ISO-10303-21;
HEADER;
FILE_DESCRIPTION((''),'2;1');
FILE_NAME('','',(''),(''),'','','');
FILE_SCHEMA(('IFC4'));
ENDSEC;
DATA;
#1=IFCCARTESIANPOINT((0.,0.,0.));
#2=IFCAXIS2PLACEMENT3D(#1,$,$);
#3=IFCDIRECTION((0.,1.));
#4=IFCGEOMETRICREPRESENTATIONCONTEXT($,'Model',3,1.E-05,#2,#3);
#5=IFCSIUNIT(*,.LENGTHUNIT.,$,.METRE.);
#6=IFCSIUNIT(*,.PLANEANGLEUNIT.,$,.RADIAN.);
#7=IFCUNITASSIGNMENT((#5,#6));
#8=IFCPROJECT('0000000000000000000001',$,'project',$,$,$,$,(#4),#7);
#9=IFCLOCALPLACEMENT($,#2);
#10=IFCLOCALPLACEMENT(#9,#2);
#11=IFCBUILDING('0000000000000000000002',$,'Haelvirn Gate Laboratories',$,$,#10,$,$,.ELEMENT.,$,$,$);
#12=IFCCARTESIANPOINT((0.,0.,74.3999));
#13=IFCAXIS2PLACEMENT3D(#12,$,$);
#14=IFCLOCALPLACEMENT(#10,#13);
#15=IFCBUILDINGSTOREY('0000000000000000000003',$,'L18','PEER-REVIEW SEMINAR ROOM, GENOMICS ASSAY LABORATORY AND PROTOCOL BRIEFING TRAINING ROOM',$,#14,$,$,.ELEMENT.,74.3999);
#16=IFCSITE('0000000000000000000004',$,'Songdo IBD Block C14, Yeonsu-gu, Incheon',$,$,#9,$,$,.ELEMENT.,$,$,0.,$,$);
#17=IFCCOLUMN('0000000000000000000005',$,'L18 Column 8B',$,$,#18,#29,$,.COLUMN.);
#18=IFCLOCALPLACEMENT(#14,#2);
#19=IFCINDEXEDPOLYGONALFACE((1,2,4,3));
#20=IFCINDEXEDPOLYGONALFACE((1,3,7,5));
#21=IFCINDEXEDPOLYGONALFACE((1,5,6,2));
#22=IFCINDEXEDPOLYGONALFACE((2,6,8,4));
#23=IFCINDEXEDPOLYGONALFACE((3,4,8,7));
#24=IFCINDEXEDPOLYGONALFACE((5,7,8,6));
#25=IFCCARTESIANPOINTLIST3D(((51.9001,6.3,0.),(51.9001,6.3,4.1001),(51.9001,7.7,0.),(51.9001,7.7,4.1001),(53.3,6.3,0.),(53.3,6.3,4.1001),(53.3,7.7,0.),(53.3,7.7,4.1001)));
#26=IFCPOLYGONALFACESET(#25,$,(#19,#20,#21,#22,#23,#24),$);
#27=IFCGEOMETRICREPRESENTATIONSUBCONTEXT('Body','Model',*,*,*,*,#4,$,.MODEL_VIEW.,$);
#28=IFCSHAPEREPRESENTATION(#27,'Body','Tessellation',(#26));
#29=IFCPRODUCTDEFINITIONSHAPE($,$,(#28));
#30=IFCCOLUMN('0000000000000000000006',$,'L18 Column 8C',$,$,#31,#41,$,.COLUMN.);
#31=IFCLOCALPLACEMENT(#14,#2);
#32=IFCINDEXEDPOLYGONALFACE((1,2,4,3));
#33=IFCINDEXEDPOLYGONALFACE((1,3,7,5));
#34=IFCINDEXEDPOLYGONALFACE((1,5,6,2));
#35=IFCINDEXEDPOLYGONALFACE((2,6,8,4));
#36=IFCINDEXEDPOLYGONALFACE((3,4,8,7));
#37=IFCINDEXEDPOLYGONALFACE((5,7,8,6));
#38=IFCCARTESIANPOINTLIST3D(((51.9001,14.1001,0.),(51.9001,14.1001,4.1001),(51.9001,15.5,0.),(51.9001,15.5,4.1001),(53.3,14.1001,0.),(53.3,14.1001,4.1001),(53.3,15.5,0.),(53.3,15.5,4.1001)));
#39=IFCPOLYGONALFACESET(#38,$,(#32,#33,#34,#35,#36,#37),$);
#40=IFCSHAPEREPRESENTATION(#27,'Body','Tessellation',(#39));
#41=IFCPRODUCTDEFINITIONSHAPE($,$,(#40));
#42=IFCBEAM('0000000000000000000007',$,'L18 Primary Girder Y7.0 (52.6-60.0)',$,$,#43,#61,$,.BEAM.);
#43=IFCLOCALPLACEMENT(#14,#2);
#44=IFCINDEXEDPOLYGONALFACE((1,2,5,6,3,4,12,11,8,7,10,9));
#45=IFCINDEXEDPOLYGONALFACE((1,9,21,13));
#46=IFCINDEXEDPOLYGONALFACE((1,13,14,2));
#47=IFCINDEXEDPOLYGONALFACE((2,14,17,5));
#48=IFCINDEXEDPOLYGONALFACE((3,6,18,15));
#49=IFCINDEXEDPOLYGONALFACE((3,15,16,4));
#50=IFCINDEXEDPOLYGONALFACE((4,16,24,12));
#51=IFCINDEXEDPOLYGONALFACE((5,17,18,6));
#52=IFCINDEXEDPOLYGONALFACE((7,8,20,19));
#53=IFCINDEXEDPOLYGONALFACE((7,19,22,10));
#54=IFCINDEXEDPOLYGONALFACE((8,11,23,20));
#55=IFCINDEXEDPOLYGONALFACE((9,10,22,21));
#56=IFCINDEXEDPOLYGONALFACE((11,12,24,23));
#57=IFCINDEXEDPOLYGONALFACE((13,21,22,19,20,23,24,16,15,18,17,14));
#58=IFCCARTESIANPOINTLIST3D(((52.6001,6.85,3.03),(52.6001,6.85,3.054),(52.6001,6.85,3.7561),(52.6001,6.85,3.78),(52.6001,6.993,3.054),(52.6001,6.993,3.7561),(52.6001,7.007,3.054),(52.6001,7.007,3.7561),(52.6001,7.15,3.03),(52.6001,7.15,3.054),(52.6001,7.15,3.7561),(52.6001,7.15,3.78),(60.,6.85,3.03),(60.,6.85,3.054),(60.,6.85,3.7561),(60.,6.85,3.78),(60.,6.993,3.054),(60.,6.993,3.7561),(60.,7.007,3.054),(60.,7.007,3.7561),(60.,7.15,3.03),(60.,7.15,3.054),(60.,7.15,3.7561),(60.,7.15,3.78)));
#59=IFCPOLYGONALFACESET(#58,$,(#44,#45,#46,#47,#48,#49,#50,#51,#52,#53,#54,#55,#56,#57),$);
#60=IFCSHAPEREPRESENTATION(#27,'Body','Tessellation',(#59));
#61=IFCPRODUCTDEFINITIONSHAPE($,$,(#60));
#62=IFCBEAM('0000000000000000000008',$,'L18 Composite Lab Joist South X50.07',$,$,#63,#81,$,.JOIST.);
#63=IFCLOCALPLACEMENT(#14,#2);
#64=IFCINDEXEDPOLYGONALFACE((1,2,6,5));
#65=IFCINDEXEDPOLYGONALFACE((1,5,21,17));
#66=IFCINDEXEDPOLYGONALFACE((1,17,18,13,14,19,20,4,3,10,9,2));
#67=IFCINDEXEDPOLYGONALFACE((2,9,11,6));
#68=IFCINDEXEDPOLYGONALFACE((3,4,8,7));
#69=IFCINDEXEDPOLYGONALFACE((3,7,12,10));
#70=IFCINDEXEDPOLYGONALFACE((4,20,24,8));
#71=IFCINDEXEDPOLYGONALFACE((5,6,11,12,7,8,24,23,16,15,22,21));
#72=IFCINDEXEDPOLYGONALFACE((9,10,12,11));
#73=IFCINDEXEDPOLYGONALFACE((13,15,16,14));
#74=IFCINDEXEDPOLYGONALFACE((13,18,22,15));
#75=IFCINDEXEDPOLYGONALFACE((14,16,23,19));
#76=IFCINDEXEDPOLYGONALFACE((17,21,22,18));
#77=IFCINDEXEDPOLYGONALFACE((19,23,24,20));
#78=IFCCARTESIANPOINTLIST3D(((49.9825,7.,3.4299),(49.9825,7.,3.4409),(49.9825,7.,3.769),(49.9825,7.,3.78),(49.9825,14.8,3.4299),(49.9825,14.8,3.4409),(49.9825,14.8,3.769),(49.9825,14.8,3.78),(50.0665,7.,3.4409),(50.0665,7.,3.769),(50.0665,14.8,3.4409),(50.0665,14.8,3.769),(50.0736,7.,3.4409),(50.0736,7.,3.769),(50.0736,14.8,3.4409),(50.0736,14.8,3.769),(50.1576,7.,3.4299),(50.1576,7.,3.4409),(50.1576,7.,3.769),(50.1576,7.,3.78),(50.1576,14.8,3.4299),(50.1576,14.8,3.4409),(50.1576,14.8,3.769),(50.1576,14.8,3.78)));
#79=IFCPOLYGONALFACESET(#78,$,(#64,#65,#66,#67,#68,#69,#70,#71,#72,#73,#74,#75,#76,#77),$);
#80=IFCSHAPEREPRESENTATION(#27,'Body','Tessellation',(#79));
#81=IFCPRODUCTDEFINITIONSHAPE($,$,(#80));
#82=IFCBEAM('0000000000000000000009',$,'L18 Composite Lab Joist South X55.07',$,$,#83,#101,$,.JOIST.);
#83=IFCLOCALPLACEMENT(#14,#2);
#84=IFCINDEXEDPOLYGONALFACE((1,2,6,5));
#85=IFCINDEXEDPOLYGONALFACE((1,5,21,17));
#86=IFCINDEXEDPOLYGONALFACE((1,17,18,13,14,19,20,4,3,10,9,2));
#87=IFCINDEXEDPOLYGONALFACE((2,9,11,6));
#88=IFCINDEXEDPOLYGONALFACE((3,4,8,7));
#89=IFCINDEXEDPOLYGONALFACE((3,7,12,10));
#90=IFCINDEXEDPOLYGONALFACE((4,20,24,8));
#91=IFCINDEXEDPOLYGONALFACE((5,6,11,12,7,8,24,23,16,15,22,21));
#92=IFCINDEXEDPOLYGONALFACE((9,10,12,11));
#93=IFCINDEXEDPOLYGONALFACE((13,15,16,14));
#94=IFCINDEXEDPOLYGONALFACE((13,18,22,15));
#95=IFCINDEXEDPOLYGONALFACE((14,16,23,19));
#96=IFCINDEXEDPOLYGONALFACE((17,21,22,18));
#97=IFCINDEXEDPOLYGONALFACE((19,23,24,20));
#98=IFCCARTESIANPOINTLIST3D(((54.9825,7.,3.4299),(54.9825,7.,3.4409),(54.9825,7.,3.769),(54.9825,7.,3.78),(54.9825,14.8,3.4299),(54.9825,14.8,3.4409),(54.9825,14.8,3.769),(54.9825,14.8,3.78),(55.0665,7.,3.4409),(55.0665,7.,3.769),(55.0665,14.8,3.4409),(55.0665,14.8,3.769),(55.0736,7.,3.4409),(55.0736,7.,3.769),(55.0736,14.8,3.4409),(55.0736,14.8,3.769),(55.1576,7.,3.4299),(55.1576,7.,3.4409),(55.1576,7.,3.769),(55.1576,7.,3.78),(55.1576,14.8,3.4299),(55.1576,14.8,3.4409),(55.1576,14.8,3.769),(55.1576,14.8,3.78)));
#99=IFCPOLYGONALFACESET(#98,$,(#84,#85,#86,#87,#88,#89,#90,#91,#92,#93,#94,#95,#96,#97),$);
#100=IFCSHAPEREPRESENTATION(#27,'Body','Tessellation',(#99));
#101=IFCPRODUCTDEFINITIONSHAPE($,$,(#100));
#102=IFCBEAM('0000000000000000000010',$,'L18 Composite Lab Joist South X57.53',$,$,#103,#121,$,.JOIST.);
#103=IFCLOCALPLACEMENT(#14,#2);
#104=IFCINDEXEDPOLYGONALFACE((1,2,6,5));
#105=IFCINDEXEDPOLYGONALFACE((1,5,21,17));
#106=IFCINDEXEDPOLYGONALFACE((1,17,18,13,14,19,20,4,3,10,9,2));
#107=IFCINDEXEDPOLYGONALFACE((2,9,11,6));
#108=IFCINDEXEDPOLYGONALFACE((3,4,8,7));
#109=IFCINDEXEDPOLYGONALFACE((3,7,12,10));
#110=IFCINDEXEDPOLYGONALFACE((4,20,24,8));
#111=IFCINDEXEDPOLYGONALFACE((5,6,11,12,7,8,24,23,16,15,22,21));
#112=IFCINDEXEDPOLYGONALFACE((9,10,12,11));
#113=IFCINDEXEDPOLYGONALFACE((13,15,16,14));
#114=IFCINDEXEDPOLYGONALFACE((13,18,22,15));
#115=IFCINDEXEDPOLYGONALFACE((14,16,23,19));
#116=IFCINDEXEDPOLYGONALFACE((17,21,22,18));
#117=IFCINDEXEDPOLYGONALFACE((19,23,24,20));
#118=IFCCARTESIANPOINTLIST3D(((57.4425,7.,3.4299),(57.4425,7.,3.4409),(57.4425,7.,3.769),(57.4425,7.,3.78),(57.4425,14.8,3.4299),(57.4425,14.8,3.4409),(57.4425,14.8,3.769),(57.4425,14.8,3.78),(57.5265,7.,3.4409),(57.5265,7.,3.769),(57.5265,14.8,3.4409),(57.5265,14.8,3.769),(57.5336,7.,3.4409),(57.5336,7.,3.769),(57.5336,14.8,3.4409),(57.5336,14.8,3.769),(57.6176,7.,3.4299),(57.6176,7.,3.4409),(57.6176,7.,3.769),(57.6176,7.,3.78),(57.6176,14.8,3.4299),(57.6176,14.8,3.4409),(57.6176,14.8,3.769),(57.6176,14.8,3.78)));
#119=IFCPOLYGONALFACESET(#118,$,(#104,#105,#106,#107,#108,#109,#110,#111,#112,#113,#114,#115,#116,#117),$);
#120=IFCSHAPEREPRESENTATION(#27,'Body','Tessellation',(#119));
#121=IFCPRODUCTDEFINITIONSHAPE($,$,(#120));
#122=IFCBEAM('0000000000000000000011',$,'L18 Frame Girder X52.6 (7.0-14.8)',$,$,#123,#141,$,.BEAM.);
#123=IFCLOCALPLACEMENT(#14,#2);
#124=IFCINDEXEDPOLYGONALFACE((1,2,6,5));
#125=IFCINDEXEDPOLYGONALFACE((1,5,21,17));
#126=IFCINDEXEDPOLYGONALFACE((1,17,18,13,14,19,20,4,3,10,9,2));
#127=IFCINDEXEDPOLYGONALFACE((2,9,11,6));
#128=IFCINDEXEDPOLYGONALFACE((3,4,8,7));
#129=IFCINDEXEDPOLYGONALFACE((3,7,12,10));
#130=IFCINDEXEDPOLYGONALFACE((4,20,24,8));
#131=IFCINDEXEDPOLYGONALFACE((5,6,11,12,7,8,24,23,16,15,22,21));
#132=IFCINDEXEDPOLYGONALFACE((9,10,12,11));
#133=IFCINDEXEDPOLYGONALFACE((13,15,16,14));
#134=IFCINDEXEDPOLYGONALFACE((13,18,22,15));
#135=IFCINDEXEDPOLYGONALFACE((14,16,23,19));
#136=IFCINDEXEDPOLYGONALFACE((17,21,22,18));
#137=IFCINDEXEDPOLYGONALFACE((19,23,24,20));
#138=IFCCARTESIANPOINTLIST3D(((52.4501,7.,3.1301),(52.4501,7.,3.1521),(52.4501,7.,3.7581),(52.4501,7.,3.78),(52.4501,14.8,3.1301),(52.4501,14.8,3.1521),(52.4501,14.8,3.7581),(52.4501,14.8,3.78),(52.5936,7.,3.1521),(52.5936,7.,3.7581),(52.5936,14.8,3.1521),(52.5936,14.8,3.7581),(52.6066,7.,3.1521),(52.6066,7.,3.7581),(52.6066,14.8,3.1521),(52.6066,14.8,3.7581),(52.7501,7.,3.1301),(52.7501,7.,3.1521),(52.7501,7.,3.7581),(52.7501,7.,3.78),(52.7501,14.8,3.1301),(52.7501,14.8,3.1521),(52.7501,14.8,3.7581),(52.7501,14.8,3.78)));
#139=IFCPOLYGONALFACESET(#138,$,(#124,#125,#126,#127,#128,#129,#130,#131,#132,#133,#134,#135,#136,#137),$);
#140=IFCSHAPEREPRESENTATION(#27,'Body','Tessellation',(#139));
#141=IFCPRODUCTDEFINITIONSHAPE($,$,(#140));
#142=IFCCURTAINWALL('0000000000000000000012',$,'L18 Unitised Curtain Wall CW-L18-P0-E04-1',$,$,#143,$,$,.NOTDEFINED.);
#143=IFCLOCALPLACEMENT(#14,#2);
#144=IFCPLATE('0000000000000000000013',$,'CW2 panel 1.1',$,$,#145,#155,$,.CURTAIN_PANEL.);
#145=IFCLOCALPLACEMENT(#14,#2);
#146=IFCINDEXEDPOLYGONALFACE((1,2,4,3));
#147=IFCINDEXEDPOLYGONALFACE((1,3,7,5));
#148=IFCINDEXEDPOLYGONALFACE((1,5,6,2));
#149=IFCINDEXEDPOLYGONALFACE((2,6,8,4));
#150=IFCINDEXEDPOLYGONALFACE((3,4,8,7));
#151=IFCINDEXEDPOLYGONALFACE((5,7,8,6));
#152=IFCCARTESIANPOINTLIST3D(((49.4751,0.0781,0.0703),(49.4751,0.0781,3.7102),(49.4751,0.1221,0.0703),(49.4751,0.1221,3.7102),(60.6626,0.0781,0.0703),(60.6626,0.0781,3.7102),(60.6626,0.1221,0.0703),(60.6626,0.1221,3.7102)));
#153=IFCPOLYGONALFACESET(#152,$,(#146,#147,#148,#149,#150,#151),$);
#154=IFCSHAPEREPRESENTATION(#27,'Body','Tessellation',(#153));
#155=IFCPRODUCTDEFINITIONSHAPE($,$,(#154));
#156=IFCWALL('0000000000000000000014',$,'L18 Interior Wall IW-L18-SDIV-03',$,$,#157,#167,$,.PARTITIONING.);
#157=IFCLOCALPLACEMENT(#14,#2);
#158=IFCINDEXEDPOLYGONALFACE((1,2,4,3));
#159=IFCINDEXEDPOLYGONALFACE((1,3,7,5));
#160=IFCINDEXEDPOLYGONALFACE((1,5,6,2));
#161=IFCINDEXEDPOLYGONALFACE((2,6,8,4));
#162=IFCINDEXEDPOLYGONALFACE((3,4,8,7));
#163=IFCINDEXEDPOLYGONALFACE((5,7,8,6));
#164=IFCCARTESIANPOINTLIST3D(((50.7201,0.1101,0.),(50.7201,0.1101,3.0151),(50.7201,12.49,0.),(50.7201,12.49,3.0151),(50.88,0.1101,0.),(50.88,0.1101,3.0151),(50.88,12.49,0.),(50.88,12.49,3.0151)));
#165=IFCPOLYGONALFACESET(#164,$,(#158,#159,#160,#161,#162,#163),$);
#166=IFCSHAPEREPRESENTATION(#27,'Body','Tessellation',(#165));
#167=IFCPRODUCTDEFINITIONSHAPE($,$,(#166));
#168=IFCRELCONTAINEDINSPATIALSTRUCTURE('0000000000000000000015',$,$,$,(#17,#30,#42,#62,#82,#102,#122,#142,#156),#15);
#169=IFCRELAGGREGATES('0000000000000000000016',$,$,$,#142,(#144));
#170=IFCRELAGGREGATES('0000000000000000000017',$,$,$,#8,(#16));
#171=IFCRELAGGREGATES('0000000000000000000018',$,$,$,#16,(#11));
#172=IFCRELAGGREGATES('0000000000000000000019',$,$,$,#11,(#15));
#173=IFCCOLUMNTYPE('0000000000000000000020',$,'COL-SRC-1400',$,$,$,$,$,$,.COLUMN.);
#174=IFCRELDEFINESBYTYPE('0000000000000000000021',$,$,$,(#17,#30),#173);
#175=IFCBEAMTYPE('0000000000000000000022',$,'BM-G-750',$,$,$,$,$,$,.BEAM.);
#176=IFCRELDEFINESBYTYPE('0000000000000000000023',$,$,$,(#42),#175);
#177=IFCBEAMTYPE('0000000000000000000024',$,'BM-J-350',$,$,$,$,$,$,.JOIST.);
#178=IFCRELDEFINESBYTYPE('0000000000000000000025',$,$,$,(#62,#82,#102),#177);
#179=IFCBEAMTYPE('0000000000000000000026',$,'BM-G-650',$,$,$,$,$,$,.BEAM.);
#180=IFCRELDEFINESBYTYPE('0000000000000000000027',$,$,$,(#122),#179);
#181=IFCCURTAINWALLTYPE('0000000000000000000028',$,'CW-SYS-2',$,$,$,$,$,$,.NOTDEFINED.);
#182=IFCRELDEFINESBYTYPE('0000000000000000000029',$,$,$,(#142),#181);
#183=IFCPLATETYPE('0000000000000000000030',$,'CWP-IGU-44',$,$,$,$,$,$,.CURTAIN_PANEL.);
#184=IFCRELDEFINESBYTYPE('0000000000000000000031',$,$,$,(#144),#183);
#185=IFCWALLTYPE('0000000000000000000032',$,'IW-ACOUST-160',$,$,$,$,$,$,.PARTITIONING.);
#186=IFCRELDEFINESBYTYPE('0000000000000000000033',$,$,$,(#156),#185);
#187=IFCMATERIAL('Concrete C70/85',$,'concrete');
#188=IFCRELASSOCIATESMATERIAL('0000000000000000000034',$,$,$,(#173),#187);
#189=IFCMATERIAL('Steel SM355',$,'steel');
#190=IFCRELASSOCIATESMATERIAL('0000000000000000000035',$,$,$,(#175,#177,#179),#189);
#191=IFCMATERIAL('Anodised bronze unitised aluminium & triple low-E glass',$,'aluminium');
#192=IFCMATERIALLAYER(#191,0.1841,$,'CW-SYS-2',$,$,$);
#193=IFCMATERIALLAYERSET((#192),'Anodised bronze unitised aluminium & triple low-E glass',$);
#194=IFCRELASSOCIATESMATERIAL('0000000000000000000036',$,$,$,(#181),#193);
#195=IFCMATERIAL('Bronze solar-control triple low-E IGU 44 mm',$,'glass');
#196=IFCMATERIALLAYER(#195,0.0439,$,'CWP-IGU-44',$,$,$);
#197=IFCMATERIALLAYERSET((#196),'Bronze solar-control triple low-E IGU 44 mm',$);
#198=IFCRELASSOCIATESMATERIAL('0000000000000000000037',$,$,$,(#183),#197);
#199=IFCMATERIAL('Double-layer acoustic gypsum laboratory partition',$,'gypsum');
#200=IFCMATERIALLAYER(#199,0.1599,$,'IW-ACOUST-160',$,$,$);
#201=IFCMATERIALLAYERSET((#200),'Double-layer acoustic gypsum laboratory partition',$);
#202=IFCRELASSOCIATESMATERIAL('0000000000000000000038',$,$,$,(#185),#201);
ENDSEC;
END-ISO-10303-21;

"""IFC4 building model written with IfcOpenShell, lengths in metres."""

from ifc_helpers import new_model, si_unit, direction, frame, frame_2d, origin, origin_2d, place, context, subcontext, project, spatial, rectangle, i_section, extrude, source, transform, mapped, material, layer, layer_set, material_profile, profile_set, type_object, type_shapes, element, aggregate, save


model = new_model("IFC4")

# Units and contexts
model_context = context("Model", 3, precision=1e-05, world=origin(), true_north=direction((0.0, 1.0)))
body_context = subcontext(model_context, "Body", "Model", "MODEL_VIEW")
ifc_project = project(units=[si_unit("LENGTHUNIT", "METRE"), si_unit("PLANEANGLEUNIT", "RADIAN")], contexts=[model_context])

# Site, building, storey
site_placement = place(None, origin())
site = spatial("IfcSite", under=ifc_project, at=site_placement, Name="Songdo IBD Block C14, Yeonsu-gu, Incheon", CompositionType="ELEMENT", RefElevation=0.0)
building_placement = place(site_placement, origin())
building = spatial("IfcBuilding", under=site, at=building_placement, Name="Haelvirn Gate Laboratories", CompositionType="ELEMENT")
storey_placement = place(building_placement, frame((0.0, 0.0, 74.3999)))
storey = spatial("IfcBuildingStorey", under=building, at=storey_placement, Name="L18", Description="PEER-REVIEW SEMINAR ROOM, GENOMICS ASSAY LABORATORY AND PROTOCOL BRIEFING TRAINING ROOM", CompositionType="ELEMENT", Elevation=74.3999)

# Columns
ifc_material_1 = material(Name="Concrete C70/85", Category="concrete")
ifc_material_profile_1 = material_profile(ifc_material_1, rectangle(XDim=1.3999, YDim=1.3999, at=origin_2d()), Name="SRC-1400x1400")
ifc_profile_set_1 = profile_set([ifc_material_profile_1], Name="Concrete C70/85")
column_type = type_object("IfcColumnType", Name="COL-SRC-1400", PredefinedType="COLUMN", material=ifc_profile_set_1)
shared_shape_1 = source(origin(), body_context, "Body", "SweptSolid", [
    extrude(rectangle(XDim=1.3999, YDim=1.3999, at=origin_2d()), origin(), (0.0, 0.0, 1.0), 4.1001),
])
type_shapes(column_type, [shared_shape_1])
for number, where, z_axis, x_axis, name in (
    (1, (52.6001, 7.0, 0.0), (0.0, 0.0, 1.0), (1.0, 0.0, 0.0), "L18 Column 8B"),
    (2, (52.6001, 14.8, 0.0), (0.0, 0.0, 1.0), (1.0, 0.0, 0.0), "L18 Column 8C"),
):
    element("IfcColumn", number, at=place(storey_placement, frame(where, z_axis=z_axis, x_axis=x_axis)), inside=storey, type_object=column_type, Name=name, PredefinedType="COLUMN", context=body_context, shape_type="MappedRepresentation", body=[
        mapped(shared_shape_1, transform((0.0, 0.0, 0.0), scale=1.0)),
    ])

# Beams
ifc_material_2 = material(Name="Steel SM355", Category="steel")
ifc_material_profile_2 = material_profile(ifc_material_2, i_section(OverallWidth=0.3, OverallDepth=0.75, WebThickness=0.0139, FlangeThickness=0.0239, at=origin_2d()), Name="H-750x300x14x24")
ifc_profile_set_2 = profile_set([ifc_material_profile_2], Name="Steel SM355")
beam_type_1 = type_object("IfcBeamType", Name="BM-G-750", PredefinedType="BEAM", material=ifc_profile_set_2)
shared_shape_2 = source(origin(), body_context, "Body", "SweptSolid", [
    extrude(i_section(OverallWidth=0.3, OverallDepth=0.75, WebThickness=0.0139, FlangeThickness=0.0239, at=origin_2d()), origin(), (0.0, 0.0, 1.0), 7.3999),
])
type_shapes(beam_type_1, [shared_shape_2])
beam_1_placement = place(storey_placement, frame((52.6001, 7.0, 3.405), z_axis=(1.0, 0.0, 0.0), x_axis=(0.0, 1.0, 0.0)))
element("IfcBeam", 3, at=beam_1_placement, inside=storey, type_object=beam_type_1, Name="L18 Primary Girder Y7.0 (52.6-60.0)", PredefinedType="BEAM", context=body_context, shape_type="MappedRepresentation", body=[
    mapped(shared_shape_2, transform((0.0, 0.0, 0.0), scale=1.0)),
])
ifc_material_profile_3 = material_profile(ifc_material_2, i_section(OverallWidth=0.175, OverallDepth=0.3501, WebThickness=0.0071, FlangeThickness=0.011, at=origin_2d()), Name="H-350x175x7x11")
ifc_profile_set_3 = profile_set([ifc_material_profile_3], Name="Steel SM355")
beam_type_2 = type_object("IfcBeamType", Name="BM-J-350", PredefinedType="JOIST", material=ifc_profile_set_3)
shared_shape_3 = source(origin(), body_context, "Body", "SweptSolid", [
    extrude(i_section(OverallWidth=0.175, OverallDepth=0.3501, WebThickness=0.0071, FlangeThickness=0.011, at=origin_2d()), origin(), (0.0, 0.0, 1.0), 7.8),
])
type_shapes(beam_type_2, [shared_shape_3])
for number, where, z_axis, x_axis, name in (
    (4, (50.0701, 7.0, 3.605), (0.0, 1.0, 0.0), (-1.0, 0.0, 0.0), "L18 Composite Lab Joist South X50.07"),
    (5, (55.0701, 7.0, 3.605), (0.0, 1.0, 0.0), (-1.0, 0.0, 0.0), "L18 Composite Lab Joist South X55.07"),
    (6, (57.53, 7.0, 3.605), (0.0, 1.0, 0.0), (-1.0, 0.0, 0.0), "L18 Composite Lab Joist South X57.53"),
):
    element("IfcBeam", number, at=place(storey_placement, frame(where, z_axis=z_axis, x_axis=x_axis)), inside=storey, type_object=beam_type_2, Name=name, PredefinedType="JOIST", context=body_context, shape_type="MappedRepresentation", body=[
        mapped(shared_shape_3, transform((0.0, 0.0, 0.0), scale=1.0)),
    ])
ifc_material_profile_4 = material_profile(ifc_material_2, i_section(OverallWidth=0.3, OverallDepth=0.6499, WebThickness=0.0129, FlangeThickness=0.022, at=origin_2d()), Name="H-650x300x13x22")
ifc_profile_set_4 = profile_set([ifc_material_profile_4], Name="Steel SM355")
beam_type_3 = type_object("IfcBeamType", Name="BM-G-650", PredefinedType="BEAM", material=ifc_profile_set_4)
shared_shape_4 = source(origin(), body_context, "Body", "SweptSolid", [
    extrude(i_section(OverallWidth=0.3, OverallDepth=0.6499, WebThickness=0.0129, FlangeThickness=0.022, at=origin_2d()), origin(), (0.0, 0.0, 1.0), 7.8),
])
type_shapes(beam_type_3, [shared_shape_4])
beam_2_placement = place(storey_placement, frame((52.6001, 7.0, 3.4551), z_axis=(0.0, 1.0, 0.0), x_axis=(-1.0, 0.0, 0.0)))
element("IfcBeam", 7, at=beam_2_placement, inside=storey, type_object=beam_type_3, Name="L18 Frame Girder X52.6 (7.0-14.8)", PredefinedType="BEAM", context=body_context, shape_type="MappedRepresentation", body=[
    mapped(shared_shape_4, transform((0.0, 0.0, 0.0), scale=1.0)),
])

# Curtain wall, plate
ifc_material_3 = material(Name="Anodised bronze unitised aluminium & triple low-E glass", Category="aluminium")
ifc_layer_1 = layer(ifc_material_3, 0.1841, Name="CW-SYS-2")
ifc_layer_set_1 = layer_set([ifc_layer_1], Name="Anodised bronze unitised aluminium & triple low-E glass")
curtain_wall_type = type_object("IfcCurtainWallType", Name="CW-SYS-2", PredefinedType="NOTDEFINED", material=ifc_layer_set_1)
curtain_wall_placement = place(storey_placement, origin())
curtain_wall = element("IfcCurtainWall", 8, at=curtain_wall_placement, inside=storey, type_object=curtain_wall_type, Name="L18 Unitised Curtain Wall CW-L18-P0-E04-1", PredefinedType="NOTDEFINED")
ifc_material_4 = material(Name="Bronze solar-control triple low-E IGU 44 mm", Category="glass")
ifc_layer_2 = layer(ifc_material_4, 0.0439, Name="CWP-IGU-44")
ifc_layer_set_2 = layer_set([ifc_layer_2], Name="Bronze solar-control triple low-E IGU 44 mm")
plate_type = type_object("IfcPlateType", Name="CWP-IGU-44", PredefinedType="CURTAIN_PANEL", material=ifc_layer_set_2)
shared_shape_5 = source(origin(), body_context, "Body", "SweptSolid", [
    extrude(rectangle(XDim=11.1875, YDim=0.0439, at=origin_2d()), origin(), (0.0, 0.0, 1.0), 3.6399),
])
type_shapes(plate_type, [shared_shape_5])
plate_placement = place(storey_placement, frame((55.0688, 0.1001, 0.0703), z_axis=(0.0, 0.0, 1.0), x_axis=(1.0, 0.0, 0.0)))
plate = element("IfcPlate", 9, at=plate_placement, type_object=plate_type, Name="CW2 panel 1.1", PredefinedType="CURTAIN_PANEL", context=body_context, shape_type="MappedRepresentation", body=[
    mapped(shared_shape_5, transform((0.0, 0.0, 0.0), scale=1.0)),
])
aggregate(curtain_wall, [plate])

# Wall
ifc_material_5 = material(Name="Double-layer acoustic gypsum laboratory partition", Category="gypsum")
ifc_layer_3 = layer(ifc_material_5, 0.1599, Name="IW-ACOUST-160")
ifc_layer_set_3 = layer_set([ifc_layer_3], Name="Double-layer acoustic gypsum laboratory partition")
wall_type_1 = type_object("IfcWallType", Name="IW-ACOUST-160", PredefinedType="PARTITIONING", material=ifc_layer_set_3)
wall_1_placement = place(storey_placement, frame((50.8, 0.1101, 0.0), z_axis=(0.0, 0.0, 1.0), x_axis=(0.0, 1.0, 0.0)))
element("IfcWall", 10, at=wall_1_placement, inside=storey, type_object=wall_type_1, Name="L18 Interior Wall IW-L18-SDIV-03", PredefinedType="PARTITIONING", context=body_context, shape_type="SweptSolid", body=[
    extrude(rectangle(XDim=12.3799, YDim=0.1599, at=frame_2d((6.1899, 0.0))), origin(), (0.0, 0.0, 1.0), 3.0151),
])

save(model, "model.ifc")
